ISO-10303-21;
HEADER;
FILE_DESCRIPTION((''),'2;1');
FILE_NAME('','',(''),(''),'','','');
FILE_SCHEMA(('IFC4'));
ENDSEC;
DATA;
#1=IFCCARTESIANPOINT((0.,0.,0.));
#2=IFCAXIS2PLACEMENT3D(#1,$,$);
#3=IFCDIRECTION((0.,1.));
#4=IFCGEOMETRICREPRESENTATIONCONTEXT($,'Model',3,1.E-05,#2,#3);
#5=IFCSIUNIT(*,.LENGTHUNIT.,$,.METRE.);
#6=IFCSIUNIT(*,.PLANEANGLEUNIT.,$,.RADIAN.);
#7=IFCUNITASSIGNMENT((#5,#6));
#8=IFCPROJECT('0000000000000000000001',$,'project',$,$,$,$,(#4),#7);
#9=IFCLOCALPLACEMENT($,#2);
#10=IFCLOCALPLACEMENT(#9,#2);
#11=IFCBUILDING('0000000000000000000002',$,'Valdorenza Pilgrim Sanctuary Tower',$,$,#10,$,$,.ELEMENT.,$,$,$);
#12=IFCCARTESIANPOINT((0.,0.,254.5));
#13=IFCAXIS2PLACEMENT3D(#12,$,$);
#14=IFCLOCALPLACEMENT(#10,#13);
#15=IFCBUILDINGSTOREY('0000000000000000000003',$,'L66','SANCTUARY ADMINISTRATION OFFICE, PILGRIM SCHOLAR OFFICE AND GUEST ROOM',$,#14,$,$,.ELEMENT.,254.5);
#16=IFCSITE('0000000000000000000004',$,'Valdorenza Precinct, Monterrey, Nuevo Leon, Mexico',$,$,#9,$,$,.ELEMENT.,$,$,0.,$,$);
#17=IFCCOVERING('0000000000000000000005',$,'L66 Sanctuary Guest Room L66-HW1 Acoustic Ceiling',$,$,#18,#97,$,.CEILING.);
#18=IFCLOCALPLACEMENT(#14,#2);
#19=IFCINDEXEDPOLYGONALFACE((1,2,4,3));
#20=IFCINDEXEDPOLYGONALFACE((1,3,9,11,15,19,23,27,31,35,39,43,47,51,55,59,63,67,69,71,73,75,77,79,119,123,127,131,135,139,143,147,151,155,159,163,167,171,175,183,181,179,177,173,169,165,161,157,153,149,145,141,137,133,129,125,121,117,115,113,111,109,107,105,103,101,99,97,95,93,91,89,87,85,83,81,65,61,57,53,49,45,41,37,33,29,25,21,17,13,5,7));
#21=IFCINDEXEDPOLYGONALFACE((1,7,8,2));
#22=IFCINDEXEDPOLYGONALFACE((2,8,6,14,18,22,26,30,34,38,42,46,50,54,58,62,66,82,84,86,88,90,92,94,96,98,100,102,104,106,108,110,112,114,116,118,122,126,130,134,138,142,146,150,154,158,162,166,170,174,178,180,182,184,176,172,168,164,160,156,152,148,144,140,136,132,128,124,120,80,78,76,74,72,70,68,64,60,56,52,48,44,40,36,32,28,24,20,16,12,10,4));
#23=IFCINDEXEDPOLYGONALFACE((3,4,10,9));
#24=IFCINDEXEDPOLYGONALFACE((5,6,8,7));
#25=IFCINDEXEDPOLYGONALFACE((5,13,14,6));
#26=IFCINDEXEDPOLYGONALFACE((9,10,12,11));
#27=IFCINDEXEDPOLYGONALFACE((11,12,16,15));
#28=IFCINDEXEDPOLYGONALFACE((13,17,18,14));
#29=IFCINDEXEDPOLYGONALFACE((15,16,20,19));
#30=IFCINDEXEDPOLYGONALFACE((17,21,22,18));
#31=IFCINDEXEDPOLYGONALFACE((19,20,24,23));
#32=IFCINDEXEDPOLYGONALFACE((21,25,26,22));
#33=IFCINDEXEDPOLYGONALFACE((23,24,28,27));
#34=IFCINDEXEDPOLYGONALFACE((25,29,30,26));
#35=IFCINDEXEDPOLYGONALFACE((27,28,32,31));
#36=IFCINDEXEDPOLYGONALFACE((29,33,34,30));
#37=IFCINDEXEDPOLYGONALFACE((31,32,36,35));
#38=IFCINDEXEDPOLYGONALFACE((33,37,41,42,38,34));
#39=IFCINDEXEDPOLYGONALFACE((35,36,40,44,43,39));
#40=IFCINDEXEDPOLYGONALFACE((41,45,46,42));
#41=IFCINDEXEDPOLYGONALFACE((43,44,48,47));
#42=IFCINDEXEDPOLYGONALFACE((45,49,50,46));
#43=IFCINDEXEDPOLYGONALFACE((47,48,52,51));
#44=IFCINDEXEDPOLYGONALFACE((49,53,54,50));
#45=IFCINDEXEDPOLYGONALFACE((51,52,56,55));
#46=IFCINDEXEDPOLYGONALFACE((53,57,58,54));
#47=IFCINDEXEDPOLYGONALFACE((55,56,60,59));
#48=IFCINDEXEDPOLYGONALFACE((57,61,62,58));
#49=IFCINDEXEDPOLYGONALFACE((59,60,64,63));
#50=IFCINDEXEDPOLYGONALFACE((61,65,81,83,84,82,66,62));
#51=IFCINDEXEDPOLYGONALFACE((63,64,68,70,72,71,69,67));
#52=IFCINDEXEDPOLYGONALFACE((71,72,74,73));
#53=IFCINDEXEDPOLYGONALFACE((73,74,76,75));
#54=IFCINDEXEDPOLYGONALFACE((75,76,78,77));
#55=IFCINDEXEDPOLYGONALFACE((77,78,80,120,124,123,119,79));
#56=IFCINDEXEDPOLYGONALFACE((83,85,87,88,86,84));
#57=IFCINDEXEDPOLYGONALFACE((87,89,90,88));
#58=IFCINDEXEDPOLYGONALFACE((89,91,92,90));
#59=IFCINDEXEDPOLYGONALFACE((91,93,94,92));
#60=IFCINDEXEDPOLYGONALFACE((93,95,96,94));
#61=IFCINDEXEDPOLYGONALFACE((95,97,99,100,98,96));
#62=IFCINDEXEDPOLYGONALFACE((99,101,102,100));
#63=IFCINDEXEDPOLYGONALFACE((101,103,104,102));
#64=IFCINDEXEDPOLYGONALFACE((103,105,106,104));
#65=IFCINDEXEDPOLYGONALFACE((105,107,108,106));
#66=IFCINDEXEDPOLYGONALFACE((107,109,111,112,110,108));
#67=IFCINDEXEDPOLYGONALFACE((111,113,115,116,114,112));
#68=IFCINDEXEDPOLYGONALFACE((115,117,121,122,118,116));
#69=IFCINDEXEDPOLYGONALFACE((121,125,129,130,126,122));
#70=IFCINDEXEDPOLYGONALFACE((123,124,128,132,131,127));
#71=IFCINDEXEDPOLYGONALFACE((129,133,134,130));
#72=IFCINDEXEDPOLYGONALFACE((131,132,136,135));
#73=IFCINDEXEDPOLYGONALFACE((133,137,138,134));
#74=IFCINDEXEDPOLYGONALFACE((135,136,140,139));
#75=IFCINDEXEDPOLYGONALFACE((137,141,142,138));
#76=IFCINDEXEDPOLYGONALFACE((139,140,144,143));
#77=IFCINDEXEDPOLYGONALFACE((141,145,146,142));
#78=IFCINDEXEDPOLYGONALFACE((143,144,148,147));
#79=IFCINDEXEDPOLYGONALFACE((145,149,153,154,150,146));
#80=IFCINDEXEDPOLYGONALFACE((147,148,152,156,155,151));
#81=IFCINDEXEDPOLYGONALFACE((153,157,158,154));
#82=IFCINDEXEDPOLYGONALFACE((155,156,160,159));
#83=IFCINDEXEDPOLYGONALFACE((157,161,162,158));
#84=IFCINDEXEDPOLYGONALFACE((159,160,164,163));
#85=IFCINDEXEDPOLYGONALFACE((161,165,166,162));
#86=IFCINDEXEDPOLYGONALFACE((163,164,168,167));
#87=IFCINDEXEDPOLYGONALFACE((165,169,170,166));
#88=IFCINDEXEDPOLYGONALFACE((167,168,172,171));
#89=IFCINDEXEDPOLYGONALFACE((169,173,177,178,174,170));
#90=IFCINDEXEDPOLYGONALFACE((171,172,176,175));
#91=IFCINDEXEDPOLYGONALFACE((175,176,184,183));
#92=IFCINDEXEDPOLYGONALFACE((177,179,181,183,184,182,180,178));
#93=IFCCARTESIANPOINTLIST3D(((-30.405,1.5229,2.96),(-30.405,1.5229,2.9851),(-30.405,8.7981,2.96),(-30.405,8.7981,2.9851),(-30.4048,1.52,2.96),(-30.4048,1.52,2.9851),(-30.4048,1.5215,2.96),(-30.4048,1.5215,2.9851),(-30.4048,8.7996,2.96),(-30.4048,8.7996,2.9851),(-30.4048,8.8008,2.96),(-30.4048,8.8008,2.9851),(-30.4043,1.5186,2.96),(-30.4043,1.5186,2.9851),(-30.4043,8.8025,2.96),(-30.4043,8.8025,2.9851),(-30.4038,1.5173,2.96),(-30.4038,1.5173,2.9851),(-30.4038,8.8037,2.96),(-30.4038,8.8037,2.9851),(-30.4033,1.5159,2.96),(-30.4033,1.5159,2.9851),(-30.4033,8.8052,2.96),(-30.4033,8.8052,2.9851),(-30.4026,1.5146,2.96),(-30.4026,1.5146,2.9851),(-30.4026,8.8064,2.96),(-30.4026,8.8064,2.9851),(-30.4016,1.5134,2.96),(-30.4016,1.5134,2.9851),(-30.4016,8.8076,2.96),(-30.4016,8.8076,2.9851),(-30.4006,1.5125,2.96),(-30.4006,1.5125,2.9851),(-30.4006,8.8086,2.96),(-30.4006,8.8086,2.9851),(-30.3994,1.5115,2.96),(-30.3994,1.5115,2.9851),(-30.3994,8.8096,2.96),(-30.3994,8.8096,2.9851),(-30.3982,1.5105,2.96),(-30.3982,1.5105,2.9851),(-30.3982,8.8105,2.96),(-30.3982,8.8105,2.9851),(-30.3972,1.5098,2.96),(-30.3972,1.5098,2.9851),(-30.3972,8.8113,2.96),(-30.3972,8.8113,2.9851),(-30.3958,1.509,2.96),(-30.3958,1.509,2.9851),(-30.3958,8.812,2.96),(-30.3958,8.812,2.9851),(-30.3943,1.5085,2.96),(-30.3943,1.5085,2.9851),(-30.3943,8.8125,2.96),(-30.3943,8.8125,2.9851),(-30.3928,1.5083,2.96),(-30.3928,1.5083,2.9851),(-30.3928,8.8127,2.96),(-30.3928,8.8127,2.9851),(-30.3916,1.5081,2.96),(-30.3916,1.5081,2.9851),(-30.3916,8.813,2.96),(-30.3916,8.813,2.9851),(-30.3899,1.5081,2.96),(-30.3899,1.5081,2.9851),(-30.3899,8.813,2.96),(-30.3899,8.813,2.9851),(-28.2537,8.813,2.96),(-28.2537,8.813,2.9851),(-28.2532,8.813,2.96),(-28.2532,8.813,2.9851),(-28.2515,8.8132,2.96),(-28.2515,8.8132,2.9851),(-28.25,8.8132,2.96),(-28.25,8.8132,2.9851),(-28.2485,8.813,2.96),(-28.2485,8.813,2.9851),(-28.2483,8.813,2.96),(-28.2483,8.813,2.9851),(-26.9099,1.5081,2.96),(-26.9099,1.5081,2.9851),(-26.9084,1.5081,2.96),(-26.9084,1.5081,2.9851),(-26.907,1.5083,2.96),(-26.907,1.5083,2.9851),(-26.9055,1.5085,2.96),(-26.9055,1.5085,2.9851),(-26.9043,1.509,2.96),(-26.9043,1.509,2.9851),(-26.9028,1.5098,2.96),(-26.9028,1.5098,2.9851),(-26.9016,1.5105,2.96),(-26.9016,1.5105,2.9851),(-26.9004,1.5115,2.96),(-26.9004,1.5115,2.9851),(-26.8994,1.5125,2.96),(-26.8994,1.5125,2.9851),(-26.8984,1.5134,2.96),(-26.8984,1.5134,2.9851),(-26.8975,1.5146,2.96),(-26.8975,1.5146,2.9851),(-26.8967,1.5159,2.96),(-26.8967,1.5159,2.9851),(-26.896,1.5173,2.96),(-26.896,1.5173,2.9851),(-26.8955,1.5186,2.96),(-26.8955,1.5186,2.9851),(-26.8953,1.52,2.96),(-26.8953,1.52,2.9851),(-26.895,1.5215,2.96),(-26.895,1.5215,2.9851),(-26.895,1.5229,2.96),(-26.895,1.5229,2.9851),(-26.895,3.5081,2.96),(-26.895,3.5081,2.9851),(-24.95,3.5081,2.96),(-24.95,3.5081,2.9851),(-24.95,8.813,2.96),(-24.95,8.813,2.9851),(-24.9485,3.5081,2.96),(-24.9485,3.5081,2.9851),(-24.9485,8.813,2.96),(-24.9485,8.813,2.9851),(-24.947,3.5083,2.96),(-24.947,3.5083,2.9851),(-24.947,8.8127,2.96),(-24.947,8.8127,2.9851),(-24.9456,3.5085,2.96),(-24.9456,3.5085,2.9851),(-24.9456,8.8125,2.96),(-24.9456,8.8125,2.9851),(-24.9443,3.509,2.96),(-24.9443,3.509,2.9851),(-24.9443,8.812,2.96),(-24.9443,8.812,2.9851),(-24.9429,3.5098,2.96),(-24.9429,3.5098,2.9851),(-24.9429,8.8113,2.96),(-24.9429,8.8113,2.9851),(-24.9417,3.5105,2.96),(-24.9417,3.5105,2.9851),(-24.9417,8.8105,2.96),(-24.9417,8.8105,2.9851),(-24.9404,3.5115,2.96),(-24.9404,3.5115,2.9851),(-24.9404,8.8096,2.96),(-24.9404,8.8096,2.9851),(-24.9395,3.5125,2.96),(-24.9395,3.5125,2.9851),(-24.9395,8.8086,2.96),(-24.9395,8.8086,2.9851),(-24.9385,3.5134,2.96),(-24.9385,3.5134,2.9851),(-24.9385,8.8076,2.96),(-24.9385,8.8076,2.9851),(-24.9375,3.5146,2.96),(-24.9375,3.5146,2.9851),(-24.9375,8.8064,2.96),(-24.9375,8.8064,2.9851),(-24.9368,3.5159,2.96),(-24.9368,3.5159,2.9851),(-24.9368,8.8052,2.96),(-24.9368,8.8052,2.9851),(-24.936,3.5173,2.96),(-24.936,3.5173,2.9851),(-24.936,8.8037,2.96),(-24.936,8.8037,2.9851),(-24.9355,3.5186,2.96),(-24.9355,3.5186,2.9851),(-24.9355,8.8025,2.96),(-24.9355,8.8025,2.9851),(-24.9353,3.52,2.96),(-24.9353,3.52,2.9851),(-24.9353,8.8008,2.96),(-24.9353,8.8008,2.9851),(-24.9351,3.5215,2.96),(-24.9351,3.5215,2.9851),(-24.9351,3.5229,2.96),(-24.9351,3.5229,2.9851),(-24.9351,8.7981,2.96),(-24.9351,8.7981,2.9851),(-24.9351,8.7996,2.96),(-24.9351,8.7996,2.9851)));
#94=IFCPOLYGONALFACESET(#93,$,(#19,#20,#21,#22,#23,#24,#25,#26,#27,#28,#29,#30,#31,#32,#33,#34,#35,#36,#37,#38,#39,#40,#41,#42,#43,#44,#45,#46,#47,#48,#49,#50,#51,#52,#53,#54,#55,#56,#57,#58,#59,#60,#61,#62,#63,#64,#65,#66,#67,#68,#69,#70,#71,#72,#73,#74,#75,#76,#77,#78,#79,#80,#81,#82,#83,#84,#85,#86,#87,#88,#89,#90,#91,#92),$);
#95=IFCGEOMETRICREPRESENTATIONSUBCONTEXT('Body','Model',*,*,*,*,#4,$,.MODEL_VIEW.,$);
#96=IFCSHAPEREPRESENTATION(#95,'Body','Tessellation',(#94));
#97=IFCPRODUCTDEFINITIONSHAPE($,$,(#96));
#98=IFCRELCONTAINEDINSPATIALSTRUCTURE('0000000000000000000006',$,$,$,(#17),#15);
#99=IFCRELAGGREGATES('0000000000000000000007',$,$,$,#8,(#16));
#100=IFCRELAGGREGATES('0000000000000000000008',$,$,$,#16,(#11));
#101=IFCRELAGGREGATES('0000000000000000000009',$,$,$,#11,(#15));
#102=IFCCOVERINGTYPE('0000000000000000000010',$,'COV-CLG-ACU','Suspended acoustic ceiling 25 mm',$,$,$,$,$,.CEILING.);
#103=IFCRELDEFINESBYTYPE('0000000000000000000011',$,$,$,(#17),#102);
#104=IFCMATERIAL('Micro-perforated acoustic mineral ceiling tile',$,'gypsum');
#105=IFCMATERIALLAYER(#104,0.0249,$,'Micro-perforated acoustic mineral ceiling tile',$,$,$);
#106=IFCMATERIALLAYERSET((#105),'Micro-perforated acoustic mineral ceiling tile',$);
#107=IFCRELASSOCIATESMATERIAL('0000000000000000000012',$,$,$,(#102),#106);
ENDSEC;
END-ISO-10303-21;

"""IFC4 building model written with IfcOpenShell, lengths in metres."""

from ifc_helpers import new_model, si_unit, direction, frame, origin, place, context, subcontext, project, spatial, polyline, outline, extrude, material, layer, layer_set, type_object, element, save


model = new_model("IFC4")

# Units and contexts
model_context = context("Model", 3, precision=1e-05, world=origin(), true_north=direction((0.0, 1.0)))
body_context = subcontext(model_context, "Body", "Model", "MODEL_VIEW")
ifc_project = project(units=[si_unit("LENGTHUNIT", "METRE"), si_unit("PLANEANGLEUNIT", "RADIAN")], contexts=[model_context])

# Site, building, storey
site_placement = place(None, origin())
site = spatial("IfcSite", under=ifc_project, at=site_placement, Name="Valdorenza Precinct, Monterrey, Nuevo Leon, Mexico", CompositionType="ELEMENT", RefElevation=0.0)
building_placement = place(site_placement, origin())
building = spatial("IfcBuilding", under=site, at=building_placement, Name="Valdorenza Pilgrim Sanctuary Tower", CompositionType="ELEMENT")
storey_placement = place(building_placement, frame((0.0, 0.0, 254.5)))
storey = spatial("IfcBuildingStorey", under=building, at=storey_placement, Name="L66", Description="SANCTUARY ADMINISTRATION OFFICE, PILGRIM SCHOLAR OFFICE AND GUEST ROOM", CompositionType="ELEMENT", Elevation=254.5)

# Covering
ifc_material_1 = material(Name="Micro-perforated acoustic mineral ceiling tile", Category="gypsum")
ifc_layer_1 = layer(ifc_material_1, 0.0249, Name="Micro-perforated acoustic mineral ceiling tile")
ifc_layer_set_1 = layer_set([ifc_layer_1], Name="Micro-perforated acoustic mineral ceiling tile")
covering_type_1 = type_object("IfcCoveringType", Name="COV-CLG-ACU", Description="Suspended acoustic ceiling 25 mm", PredefinedType="CEILING", material=ifc_layer_set_1)
covering_1_placement = place(storey_placement, frame((0.0, 0.0, 2.96)))
element("IfcCovering", 1, at=covering_1_placement, inside=storey, type_object=covering_type_1, Name="L66 Sanctuary Guest Room L66-HW1 Acoustic Ceiling", PredefinedType="CEILING", context=body_context, shape_type="SweptSolid", body=[
    extrude(outline(polyline([(-28.2537, 8.813), (-28.2532, 8.813), (-28.2515, 8.8132), (-28.25, 8.8132), (-28.2485, 8.813), (-28.2483, 8.813), (-24.95, 8.813), (-24.9485, 8.813), (-24.947, 8.8127), (-24.9456, 8.8125), (-24.9443, 8.812), (-24.9429, 8.8113), (-24.9417, 8.8105), (-24.9404, 8.8096), (-24.9395, 8.8086), (-24.9385, 8.8076), (-24.9375, 8.8064), (-24.9368, 8.8052), (-24.936, 8.8037), (-24.9355, 8.8025), (-24.9353, 8.8008), (-24.9351, 8.7996), (-24.9351, 8.7981), (-24.9351, 3.5229), (-24.9351, 3.5215), (-24.9353, 3.52), (-24.9355, 3.5186), (-24.936, 3.5173), (-24.9368, 3.5159), (-24.9375, 3.5146), (-24.9385, 3.5134), (-24.9395, 3.5125), (-24.9404, 3.5115), (-24.9417, 3.5105), (-24.9429, 3.5098), (-24.9443, 3.509), (-24.9456, 3.5085), (-24.947, 3.5083), (-24.9485, 3.5081), (-24.95, 3.5081), (-26.895, 3.5081), (-26.895, 1.5229), (-26.895, 1.5215), (-26.8953, 1.52), (-26.8955, 1.5186), (-26.896, 1.5173), (-26.8967, 1.5159), (-26.8975, 1.5146), (-26.8984, 1.5134), (-26.8994, 1.5125), (-26.9004, 1.5115), (-26.9016, 1.5105), (-26.9028, 1.5098), (-26.9043, 1.509), (-26.9055, 1.5085), (-26.907, 1.5083), (-26.9084, 1.5081), (-26.9099, 1.5081), (-30.3899, 1.5081), (-30.3916, 1.5081), (-30.3928, 1.5083), (-30.3943, 1.5085), (-30.3958, 1.509), (-30.3972, 1.5098), (-30.3982, 1.5105), (-30.3994, 1.5115), (-30.4006, 1.5125), (-30.4016, 1.5134), (-30.4026, 1.5146), (-30.4033, 1.5159), (-30.4038, 1.5173), (-30.4043, 1.5186), (-30.4048, 1.52), (-30.4048, 1.5215), (-30.405, 1.5229), (-30.405, 8.7981), (-30.4048, 8.7996), (-30.4048, 8.8008), (-30.4043, 8.8025), (-30.4038, 8.8037), (-30.4033, 8.8052), (-30.4026, 8.8064), (-30.4016, 8.8076), (-30.4006, 8.8086), (-30.3994, 8.8096), (-30.3982, 8.8105), (-30.3972, 8.8113), (-30.3958, 8.812), (-30.3943, 8.8125), (-30.3928, 8.8127), (-30.3916, 8.813), (-30.3899, 8.813), (-28.2537, 8.813)])), origin(), (0.0, 0.0, 1.0), 0.0251),
])

save(model, "model.ifc")
